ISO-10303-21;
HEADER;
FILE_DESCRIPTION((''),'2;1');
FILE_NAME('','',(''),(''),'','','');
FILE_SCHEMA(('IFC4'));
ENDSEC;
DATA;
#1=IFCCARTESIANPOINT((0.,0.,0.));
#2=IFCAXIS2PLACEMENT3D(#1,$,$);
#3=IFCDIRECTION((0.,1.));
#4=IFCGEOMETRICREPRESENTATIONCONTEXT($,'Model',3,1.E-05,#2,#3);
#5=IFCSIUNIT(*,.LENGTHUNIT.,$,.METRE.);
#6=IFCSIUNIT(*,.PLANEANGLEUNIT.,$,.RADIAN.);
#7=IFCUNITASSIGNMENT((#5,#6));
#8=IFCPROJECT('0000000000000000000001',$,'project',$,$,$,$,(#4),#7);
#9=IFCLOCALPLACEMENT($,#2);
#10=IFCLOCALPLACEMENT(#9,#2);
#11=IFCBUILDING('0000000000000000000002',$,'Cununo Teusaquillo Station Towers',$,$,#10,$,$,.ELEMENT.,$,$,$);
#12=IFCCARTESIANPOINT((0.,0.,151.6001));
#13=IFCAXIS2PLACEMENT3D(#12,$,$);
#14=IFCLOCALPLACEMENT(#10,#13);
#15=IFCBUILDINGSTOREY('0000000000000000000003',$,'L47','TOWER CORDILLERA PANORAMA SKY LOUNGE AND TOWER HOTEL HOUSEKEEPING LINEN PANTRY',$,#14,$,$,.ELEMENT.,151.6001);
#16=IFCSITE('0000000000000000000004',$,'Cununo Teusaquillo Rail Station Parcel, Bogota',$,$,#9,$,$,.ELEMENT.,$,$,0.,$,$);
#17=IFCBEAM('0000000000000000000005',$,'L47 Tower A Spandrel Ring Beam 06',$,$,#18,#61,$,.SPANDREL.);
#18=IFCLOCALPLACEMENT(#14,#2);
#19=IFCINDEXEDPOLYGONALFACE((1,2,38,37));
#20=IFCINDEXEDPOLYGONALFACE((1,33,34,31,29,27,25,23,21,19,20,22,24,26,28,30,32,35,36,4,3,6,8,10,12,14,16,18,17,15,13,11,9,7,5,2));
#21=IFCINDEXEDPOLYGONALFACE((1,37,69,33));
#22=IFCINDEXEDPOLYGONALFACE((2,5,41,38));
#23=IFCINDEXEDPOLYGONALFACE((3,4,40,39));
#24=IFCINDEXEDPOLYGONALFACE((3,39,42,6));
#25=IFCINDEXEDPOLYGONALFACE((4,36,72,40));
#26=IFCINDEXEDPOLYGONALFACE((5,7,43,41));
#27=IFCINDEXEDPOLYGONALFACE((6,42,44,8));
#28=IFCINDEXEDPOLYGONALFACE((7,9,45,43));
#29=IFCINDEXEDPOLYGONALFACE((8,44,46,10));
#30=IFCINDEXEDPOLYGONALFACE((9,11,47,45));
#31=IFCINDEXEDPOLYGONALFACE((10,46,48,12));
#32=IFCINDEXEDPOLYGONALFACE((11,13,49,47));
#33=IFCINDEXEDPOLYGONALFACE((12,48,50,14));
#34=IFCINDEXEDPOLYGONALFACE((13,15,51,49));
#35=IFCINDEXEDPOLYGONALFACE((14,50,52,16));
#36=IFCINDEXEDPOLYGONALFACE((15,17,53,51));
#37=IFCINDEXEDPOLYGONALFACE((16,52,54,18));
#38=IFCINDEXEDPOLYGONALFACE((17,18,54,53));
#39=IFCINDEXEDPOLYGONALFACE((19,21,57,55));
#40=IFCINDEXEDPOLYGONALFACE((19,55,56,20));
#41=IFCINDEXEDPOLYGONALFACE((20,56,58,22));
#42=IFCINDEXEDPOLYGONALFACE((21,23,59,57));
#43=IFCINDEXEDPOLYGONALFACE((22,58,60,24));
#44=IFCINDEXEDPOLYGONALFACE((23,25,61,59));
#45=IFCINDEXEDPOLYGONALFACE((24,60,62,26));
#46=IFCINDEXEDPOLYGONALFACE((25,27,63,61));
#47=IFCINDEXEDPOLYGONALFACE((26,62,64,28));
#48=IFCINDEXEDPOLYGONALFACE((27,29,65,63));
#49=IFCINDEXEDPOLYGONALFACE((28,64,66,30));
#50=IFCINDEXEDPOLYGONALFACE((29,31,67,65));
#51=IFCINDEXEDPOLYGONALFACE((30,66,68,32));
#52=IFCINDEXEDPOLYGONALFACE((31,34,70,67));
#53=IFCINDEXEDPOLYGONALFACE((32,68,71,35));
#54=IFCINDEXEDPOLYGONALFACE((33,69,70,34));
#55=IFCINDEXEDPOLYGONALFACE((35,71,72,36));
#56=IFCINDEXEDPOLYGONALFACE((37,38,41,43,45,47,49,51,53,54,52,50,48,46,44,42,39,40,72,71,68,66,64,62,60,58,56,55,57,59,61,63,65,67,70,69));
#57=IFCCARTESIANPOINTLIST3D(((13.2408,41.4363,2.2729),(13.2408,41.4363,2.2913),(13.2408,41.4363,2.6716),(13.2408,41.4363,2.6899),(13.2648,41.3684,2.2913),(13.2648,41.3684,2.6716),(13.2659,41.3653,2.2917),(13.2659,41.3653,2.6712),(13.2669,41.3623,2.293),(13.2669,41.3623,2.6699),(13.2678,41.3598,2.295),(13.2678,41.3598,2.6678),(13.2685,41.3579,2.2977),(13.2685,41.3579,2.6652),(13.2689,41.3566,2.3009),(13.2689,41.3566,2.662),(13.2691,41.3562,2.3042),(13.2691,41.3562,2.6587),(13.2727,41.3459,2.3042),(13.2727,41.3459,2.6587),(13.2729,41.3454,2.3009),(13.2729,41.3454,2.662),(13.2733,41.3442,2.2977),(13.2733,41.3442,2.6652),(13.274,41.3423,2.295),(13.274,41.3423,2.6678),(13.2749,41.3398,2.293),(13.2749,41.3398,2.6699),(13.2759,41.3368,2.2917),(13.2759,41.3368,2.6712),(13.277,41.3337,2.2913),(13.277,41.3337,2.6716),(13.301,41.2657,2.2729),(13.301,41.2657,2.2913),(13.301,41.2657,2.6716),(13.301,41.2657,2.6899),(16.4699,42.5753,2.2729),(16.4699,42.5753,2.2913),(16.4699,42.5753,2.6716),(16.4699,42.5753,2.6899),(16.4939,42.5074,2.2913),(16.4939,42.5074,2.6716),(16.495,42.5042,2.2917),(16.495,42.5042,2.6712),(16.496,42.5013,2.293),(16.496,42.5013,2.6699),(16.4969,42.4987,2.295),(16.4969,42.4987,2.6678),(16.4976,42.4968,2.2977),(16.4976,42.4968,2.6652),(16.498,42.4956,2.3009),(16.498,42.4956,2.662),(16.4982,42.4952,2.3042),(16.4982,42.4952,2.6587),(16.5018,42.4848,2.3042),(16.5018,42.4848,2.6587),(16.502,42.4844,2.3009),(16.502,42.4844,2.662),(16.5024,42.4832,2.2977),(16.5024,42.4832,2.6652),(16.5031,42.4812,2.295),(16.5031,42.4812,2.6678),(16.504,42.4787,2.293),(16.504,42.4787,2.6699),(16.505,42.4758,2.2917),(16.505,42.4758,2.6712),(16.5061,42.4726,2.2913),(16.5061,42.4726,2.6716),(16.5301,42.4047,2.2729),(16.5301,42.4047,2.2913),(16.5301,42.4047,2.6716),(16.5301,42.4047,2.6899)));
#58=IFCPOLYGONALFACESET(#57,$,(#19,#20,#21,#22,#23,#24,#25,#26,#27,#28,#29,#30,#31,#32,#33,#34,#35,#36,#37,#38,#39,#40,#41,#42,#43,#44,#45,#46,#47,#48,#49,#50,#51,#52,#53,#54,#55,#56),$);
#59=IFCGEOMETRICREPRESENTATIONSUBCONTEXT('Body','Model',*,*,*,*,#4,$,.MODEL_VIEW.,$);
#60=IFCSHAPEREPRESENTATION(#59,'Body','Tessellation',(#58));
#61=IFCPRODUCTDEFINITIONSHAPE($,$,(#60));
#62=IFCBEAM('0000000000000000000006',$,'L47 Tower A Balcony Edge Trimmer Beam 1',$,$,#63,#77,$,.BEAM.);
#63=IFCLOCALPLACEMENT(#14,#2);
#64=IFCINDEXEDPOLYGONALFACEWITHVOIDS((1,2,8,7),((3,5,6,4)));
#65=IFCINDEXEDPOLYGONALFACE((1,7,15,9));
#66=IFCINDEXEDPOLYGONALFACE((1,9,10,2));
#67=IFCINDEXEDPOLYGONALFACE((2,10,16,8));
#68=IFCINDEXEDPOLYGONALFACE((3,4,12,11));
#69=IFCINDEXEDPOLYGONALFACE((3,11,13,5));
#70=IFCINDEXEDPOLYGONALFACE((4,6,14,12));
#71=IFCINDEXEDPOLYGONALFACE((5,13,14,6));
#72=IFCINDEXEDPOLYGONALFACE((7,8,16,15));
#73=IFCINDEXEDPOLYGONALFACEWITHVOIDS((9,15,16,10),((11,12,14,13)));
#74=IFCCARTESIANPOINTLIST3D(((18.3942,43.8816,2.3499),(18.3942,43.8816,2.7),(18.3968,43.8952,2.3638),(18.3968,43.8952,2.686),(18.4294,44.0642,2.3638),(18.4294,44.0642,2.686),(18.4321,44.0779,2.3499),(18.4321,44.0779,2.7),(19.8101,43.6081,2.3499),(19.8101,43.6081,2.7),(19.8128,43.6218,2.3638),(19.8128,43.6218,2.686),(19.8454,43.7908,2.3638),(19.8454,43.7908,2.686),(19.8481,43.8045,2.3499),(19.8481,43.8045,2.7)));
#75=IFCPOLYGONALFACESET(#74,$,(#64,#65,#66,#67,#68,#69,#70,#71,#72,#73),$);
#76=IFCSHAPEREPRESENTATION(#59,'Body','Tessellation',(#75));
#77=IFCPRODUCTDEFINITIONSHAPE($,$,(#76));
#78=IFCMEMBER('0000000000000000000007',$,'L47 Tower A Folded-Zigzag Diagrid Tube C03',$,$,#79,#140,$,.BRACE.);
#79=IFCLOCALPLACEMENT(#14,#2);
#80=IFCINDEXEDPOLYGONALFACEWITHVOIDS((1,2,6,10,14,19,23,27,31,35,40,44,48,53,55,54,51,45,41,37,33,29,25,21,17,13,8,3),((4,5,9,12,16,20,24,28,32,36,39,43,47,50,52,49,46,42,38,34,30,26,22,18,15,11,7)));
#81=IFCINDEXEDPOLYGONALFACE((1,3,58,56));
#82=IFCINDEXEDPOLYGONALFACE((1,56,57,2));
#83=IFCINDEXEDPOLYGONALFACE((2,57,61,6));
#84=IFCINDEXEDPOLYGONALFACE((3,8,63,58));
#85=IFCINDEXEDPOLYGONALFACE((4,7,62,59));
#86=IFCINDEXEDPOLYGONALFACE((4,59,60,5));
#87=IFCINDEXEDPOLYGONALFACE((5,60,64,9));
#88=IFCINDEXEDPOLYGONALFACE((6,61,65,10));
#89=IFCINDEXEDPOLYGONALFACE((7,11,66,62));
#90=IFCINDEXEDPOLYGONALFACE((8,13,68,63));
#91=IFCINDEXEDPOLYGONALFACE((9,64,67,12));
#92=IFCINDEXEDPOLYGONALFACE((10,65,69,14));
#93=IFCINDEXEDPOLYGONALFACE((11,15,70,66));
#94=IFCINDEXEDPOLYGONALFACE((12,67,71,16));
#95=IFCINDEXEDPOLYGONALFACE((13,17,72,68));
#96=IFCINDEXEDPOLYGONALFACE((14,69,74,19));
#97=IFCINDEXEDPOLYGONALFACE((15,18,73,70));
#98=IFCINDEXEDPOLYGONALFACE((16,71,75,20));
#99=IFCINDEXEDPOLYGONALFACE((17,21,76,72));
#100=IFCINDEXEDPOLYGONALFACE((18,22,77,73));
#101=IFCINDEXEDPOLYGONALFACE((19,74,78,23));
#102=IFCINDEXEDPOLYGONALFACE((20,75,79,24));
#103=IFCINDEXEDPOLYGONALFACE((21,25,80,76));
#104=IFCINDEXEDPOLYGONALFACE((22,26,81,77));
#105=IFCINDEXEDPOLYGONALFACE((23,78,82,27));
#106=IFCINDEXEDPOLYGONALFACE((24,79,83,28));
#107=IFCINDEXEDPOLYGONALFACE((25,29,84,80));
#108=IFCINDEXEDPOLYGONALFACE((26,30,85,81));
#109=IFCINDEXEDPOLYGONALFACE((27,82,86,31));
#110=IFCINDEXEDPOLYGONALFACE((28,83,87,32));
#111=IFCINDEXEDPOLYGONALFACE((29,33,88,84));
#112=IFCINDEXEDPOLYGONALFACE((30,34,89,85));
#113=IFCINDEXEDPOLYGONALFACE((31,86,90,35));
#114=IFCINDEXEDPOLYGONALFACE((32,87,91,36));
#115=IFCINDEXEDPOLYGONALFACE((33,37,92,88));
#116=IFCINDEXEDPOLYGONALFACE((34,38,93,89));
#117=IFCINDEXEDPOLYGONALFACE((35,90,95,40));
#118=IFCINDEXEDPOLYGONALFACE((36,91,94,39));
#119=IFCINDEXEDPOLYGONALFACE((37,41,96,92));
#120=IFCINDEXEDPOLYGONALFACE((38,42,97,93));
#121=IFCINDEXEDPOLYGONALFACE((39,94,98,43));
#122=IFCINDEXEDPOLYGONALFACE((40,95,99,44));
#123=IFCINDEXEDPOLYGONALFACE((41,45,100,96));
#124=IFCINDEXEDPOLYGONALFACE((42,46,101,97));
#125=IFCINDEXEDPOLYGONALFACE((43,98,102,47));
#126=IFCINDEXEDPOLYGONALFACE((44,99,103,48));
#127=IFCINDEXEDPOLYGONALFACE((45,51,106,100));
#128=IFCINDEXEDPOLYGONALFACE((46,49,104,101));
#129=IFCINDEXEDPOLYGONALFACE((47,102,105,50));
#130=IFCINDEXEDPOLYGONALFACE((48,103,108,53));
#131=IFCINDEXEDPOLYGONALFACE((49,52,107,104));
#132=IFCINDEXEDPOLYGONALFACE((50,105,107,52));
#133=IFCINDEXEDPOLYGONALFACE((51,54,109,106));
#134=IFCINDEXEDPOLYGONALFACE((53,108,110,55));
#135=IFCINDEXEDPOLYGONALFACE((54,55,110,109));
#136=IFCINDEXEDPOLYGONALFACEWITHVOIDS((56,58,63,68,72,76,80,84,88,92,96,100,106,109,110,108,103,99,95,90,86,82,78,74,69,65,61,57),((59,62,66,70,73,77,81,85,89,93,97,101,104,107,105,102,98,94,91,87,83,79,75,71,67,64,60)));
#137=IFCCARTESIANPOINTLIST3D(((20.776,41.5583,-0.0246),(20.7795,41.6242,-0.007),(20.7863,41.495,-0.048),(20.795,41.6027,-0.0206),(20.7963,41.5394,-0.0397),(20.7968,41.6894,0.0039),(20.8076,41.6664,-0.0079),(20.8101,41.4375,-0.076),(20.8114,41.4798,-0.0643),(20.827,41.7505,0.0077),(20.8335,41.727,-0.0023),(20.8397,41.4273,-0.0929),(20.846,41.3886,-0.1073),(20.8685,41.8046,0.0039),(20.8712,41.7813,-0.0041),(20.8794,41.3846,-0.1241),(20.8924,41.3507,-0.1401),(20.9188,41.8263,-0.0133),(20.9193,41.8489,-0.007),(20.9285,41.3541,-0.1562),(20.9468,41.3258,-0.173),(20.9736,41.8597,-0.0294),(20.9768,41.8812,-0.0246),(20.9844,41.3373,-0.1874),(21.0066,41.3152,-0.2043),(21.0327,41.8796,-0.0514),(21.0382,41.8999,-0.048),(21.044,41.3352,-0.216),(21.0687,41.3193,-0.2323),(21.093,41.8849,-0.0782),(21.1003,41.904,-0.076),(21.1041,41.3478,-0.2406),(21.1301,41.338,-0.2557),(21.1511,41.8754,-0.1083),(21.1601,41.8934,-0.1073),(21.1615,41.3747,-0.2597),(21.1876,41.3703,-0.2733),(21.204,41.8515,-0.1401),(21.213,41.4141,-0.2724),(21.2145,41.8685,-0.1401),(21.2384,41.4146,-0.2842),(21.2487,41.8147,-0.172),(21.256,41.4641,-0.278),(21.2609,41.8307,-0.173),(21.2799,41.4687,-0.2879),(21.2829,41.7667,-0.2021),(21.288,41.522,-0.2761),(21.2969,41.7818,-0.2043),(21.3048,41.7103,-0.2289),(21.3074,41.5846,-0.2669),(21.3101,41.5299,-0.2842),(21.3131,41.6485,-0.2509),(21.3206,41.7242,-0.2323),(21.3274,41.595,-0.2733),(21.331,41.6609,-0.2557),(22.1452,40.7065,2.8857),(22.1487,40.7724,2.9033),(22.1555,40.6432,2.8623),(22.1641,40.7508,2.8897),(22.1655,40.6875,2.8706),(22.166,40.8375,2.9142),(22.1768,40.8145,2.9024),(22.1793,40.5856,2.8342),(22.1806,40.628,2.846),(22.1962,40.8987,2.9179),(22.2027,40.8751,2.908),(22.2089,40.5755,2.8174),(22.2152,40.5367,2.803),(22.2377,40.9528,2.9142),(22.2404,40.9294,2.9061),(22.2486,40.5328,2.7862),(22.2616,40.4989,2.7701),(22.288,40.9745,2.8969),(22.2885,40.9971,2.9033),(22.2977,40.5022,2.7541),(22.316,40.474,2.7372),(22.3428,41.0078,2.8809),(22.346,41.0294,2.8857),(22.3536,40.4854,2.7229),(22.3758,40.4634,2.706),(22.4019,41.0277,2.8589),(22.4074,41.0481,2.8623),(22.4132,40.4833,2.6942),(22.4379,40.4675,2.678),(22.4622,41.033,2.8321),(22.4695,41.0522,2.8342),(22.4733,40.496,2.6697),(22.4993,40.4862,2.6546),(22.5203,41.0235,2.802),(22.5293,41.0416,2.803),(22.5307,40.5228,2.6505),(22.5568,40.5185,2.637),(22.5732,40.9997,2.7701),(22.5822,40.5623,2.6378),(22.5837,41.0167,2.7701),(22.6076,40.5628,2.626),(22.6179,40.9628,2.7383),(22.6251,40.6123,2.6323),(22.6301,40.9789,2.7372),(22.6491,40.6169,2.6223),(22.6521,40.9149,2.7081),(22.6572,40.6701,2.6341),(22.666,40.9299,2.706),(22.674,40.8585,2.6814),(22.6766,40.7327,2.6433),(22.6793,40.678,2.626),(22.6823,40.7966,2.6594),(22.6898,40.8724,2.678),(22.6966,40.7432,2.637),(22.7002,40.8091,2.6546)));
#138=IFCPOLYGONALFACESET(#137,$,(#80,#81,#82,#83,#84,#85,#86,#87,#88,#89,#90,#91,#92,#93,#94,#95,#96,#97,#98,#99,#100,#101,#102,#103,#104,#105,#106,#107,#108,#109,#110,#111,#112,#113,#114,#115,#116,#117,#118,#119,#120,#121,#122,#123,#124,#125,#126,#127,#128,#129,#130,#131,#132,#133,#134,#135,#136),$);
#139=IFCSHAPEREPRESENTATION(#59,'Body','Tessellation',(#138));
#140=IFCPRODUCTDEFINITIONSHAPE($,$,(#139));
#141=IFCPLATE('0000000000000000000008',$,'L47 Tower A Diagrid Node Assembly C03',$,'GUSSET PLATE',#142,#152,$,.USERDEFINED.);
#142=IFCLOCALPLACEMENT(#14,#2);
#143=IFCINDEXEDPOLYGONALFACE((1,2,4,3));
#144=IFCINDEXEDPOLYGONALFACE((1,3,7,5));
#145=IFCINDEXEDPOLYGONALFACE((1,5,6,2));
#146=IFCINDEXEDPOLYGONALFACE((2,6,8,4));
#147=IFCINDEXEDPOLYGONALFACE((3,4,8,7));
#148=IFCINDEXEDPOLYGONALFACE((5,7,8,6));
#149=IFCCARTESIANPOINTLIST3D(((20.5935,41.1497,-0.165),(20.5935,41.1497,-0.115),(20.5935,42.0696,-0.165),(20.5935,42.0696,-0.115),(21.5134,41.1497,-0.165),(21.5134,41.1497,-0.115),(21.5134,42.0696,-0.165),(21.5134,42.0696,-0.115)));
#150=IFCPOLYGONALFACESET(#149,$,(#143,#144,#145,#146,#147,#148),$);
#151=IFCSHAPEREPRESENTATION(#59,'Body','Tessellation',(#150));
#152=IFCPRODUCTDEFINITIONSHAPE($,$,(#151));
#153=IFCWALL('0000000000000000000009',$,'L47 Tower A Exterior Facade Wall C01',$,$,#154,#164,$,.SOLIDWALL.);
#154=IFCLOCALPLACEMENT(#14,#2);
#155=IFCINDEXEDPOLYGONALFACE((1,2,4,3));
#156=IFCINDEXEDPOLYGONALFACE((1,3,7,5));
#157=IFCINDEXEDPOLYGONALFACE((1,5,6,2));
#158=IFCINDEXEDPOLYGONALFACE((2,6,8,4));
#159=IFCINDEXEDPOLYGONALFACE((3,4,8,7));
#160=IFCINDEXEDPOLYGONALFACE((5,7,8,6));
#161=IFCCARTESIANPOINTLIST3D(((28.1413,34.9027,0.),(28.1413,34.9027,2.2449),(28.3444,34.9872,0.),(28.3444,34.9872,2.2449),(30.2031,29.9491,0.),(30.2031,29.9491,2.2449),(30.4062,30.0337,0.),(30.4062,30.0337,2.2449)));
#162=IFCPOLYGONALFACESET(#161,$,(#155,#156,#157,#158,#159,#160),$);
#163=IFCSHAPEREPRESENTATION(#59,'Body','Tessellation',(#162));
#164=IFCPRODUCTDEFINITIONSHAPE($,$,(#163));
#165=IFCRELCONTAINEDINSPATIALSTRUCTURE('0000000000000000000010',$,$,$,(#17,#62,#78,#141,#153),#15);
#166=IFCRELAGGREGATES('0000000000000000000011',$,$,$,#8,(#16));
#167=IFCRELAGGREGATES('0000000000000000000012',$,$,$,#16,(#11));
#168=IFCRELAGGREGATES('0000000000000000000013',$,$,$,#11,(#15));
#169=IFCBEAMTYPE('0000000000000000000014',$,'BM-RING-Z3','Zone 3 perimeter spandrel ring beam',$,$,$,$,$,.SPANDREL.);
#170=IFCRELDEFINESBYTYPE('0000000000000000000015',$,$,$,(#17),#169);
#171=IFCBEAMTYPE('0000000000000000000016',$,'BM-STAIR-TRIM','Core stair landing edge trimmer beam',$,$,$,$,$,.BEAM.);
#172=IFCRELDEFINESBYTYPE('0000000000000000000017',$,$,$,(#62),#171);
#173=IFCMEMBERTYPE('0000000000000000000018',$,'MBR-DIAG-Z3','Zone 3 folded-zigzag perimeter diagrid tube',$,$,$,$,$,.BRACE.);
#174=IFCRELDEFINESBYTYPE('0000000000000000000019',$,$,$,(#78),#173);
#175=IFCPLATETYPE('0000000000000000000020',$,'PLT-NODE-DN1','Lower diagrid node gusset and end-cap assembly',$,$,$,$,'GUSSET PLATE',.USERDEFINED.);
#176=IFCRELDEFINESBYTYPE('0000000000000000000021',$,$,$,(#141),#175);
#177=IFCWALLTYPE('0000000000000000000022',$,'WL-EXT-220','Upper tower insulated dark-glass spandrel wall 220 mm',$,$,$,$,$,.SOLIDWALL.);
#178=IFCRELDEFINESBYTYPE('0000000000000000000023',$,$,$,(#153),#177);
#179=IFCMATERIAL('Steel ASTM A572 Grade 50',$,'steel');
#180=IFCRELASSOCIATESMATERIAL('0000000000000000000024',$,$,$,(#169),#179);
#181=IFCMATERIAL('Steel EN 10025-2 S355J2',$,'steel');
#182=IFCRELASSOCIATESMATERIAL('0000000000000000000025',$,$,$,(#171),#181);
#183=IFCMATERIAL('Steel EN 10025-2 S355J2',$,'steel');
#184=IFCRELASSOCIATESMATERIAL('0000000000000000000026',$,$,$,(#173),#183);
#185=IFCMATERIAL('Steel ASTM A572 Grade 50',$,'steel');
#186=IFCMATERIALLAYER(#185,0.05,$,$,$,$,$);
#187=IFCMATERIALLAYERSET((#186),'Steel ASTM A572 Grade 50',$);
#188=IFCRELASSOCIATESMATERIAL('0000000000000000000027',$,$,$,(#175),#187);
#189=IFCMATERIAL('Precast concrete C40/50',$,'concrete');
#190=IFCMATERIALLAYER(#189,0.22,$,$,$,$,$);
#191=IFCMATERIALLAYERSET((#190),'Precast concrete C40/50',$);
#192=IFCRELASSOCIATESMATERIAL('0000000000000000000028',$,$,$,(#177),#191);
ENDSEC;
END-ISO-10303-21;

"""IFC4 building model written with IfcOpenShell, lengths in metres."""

from ifc_helpers import new_model, si_unit, direction, frame, frame_2d, origin, origin_2d, place, context, subcontext, project, spatial, rectangle, hollow_rectangle, hollow_circle, i_section, extrude, source, transform, mapped, material, layer, layer_set, material_profile, profile_set, type_object, element, save


model = new_model("IFC4")

# Units and contexts
model_context = context("Model", 3, precision=1e-05, world=origin(), true_north=direction((0.0, 1.0)))
body_context = subcontext(model_context, "Body", "Model", "MODEL_VIEW")
ifc_project = project(units=[si_unit("LENGTHUNIT", "METRE"), si_unit("PLANEANGLEUNIT", "RADIAN")], contexts=[model_context])

# Site, building, storey
site_placement = place(None, origin())
site = spatial("IfcSite", under=ifc_project, at=site_placement, Name="Cununo Teusaquillo Rail Station Parcel, Bogota", CompositionType="ELEMENT", RefElevation=0.0)
building_placement = place(site_placement, origin())
building = spatial("IfcBuilding", under=site, at=building_placement, Name="Cununo Teusaquillo Station Towers", CompositionType="ELEMENT")
storey_placement = place(building_placement, frame((0.0, 0.0, 151.6001)))
storey = spatial("IfcBuildingStorey", under=building, at=storey_placement, Name="L47", Description="TOWER CORDILLERA PANORAMA SKY LOUNGE AND TOWER HOTEL HOUSEKEEPING LINEN PANTRY", CompositionType="ELEMENT", Elevation=151.6001)

# Beams
ifc_material_1 = material(Name="Steel ASTM A572 Grade 50", Category="steel")
ifc_material_profile_1 = material_profile(ifc_material_1, i_section(OverallWidth=0.1809, OverallDepth=0.417, WebThickness=0.011, FlangeThickness=0.0183, FilletRadius=0.0129, at=origin_2d()), Name="W16X57")
ifc_profile_set_1 = profile_set([ifc_material_profile_1], Name="Steel ASTM A572 Grade 50")
beam_type_1 = type_object("IfcBeamType", Name="BM-RING-Z3", Description="Zone 3 perimeter spandrel ring beam", PredefinedType="SPANDREL", material=ifc_profile_set_1)
for number, where, z_axis, x_axis, name in (
    (1, (16.5, 42.49, 2.4814), (-0.943057, -0.33263, 0.0), (0.33263, -0.943057, 0.0), "L47 Tower A Spandrel Ring Beam 06"),
):
    element("IfcBeam", number, at=place(storey_placement, frame(where, z_axis=z_axis, x_axis=x_axis)), inside=storey, type_object=beam_type_1, Name=name, PredefinedType="SPANDREL", context=body_context, shape_type="SweptSolid", body=[
        extrude(i_section(OverallWidth=0.1809, OverallDepth=0.417, WebThickness=0.011, FlangeThickness=0.0183, FilletRadius=0.0129, at=origin_2d()), origin(), (0.0, 0.0, 1.0), 3.4241),
    ])
ifc_material_2 = material(Name="Steel EN 10025-2 S355J2", Category="steel")
ifc_material_profile_2 = material_profile(ifc_material_2, hollow_rectangle(XDim=0.2, YDim=0.3501, WallThickness=0.0139, at=origin_2d()), Name="RHS 350x200x14")
ifc_profile_set_2 = profile_set([ifc_material_profile_2], Name="Steel EN 10025-2 S355J2")
beam_type_2 = type_object("IfcBeamType", Name="BM-STAIR-TRIM", Description="Core stair landing edge trimmer beam", PredefinedType="BEAM", material=ifc_profile_set_2)
beam_1_placement = place(storey_placement, frame((19.8291, 43.7063, 2.5249), z_axis=(-0.981861, 0.189601, 0.0), x_axis=(-0.189601, -0.981861, 0.0)))
element("IfcBeam", 2, at=beam_1_placement, inside=storey, type_object=beam_type_2, Name="L47 Tower A Balcony Edge Trimmer Beam 1", PredefinedType="BEAM", context=body_context, shape_type="SweptSolid", body=[
    extrude(hollow_rectangle(XDim=0.2, YDim=0.3501, WallThickness=0.0139, at=origin_2d()), origin(), (0.0, 0.0, 1.0), 1.4421),
])

# Member
ifc_material_3 = material(Name="Steel EN 10025-2 S355J2", Category="steel")
ifc_material_profile_3 = material_profile(ifc_material_3, hollow_circle(Radius=0.3049, WallThickness=0.02, at=origin_2d()), Name="CHS 610x20")
ifc_profile_set_3 = profile_set([ifc_material_profile_3], Name="Steel EN 10025-2 S355J2")
member_type = type_object("IfcMemberType", Name="MBR-DIAG-Z3", Description="Zone 3 folded-zigzag perimeter diagrid tube", PredefinedType="BRACE", material=ifc_profile_set_3)
member_placement = place(storey_placement, frame((21.0535, 41.6096, -0.1401), z_axis=(0.41152, -0.256026, 0.874701), x_axis=(0.528256, 0.849085, 0.0)))
element("IfcMember", 3, at=member_placement, inside=storey, type_object=member_type, Name="L47 Tower A Folded-Zigzag Diagrid Tube C03", PredefinedType="BRACE", context=body_context, shape_type="SweptSolid", body=[
    extrude(hollow_circle(Radius=0.3049, WallThickness=0.02, at=origin_2d()), origin(), (0.0, 0.0, 1.0), 3.3271),
])

# Plate
ifc_material_4 = material(Name="Steel ASTM A572 Grade 50", Category="steel")
ifc_layer_1 = layer(ifc_material_4, 0.05)
ifc_layer_set_1 = layer_set([ifc_layer_1], Name="Steel ASTM A572 Grade 50")
plate_type = type_object("IfcPlateType", Name="PLT-NODE-DN1", Description="Lower diagrid node gusset and end-cap assembly", ElementType="GUSSET PLATE", PredefinedType="USERDEFINED", material=ifc_layer_set_1)
shared_shape_1 = source(origin(), body_context, "Body", "SweptSolid", [
    extrude(rectangle(XDim=0.9199, YDim=0.9199, at=origin_2d()), origin(), (0.0, 0.0, 1.0), 0.05),
])
plate_placement = place(storey_placement, frame((21.0535, 41.6096, -0.165), z_axis=(0.0, 0.0, 1.0), x_axis=(1.0, 0.0, 0.0)))
element("IfcPlate", 4, at=plate_placement, inside=storey, type_object=plate_type, Name="L47 Tower A Diagrid Node Assembly C03", ObjectType="GUSSET PLATE", PredefinedType="USERDEFINED", context=body_context, shape_type="MappedRepresentation", body=[
    mapped(shared_shape_1, transform((0.0, 0.0, 0.0), x_axis=(1.0, 0.0, 0.0), y_axis=(0.0, 1.0, 0.0), z_axis=(0.0, 0.0, 1.0), scale=1.0)),
])

# Wall
ifc_material_5 = material(Name="Precast concrete C40/50", Category="concrete")
ifc_layer_2 = layer(ifc_material_5, 0.22)
ifc_layer_set_2 = layer_set([ifc_layer_2], Name="Precast concrete C40/50")
wall_type_1 = type_object("IfcWallType", Name="WL-EXT-220", Description="Upper tower insulated dark-glass spandrel wall 220 mm", PredefinedType="SOLIDWALL", material=ifc_layer_set_2)
wall_1_placement = place(storey_placement, frame((28.2429, 34.9448, 0.0), z_axis=(0.0, 0.0, 1.0), x_axis=(0.38426, -0.923225, 0.0)))
element("IfcWall", 5, at=wall_1_placement, inside=storey, type_object=wall_type_1, Name="L47 Tower A Exterior Facade Wall C01", PredefinedType="SOLIDWALL", context=body_context, shape_type="SweptSolid", body=[
    extrude(rectangle(XDim=5.3655, YDim=0.22, at=frame_2d((2.6826, 0.0))), origin(), (0.0, 0.0, 1.0), 2.2449),
])

save(model, "model.ifc")
